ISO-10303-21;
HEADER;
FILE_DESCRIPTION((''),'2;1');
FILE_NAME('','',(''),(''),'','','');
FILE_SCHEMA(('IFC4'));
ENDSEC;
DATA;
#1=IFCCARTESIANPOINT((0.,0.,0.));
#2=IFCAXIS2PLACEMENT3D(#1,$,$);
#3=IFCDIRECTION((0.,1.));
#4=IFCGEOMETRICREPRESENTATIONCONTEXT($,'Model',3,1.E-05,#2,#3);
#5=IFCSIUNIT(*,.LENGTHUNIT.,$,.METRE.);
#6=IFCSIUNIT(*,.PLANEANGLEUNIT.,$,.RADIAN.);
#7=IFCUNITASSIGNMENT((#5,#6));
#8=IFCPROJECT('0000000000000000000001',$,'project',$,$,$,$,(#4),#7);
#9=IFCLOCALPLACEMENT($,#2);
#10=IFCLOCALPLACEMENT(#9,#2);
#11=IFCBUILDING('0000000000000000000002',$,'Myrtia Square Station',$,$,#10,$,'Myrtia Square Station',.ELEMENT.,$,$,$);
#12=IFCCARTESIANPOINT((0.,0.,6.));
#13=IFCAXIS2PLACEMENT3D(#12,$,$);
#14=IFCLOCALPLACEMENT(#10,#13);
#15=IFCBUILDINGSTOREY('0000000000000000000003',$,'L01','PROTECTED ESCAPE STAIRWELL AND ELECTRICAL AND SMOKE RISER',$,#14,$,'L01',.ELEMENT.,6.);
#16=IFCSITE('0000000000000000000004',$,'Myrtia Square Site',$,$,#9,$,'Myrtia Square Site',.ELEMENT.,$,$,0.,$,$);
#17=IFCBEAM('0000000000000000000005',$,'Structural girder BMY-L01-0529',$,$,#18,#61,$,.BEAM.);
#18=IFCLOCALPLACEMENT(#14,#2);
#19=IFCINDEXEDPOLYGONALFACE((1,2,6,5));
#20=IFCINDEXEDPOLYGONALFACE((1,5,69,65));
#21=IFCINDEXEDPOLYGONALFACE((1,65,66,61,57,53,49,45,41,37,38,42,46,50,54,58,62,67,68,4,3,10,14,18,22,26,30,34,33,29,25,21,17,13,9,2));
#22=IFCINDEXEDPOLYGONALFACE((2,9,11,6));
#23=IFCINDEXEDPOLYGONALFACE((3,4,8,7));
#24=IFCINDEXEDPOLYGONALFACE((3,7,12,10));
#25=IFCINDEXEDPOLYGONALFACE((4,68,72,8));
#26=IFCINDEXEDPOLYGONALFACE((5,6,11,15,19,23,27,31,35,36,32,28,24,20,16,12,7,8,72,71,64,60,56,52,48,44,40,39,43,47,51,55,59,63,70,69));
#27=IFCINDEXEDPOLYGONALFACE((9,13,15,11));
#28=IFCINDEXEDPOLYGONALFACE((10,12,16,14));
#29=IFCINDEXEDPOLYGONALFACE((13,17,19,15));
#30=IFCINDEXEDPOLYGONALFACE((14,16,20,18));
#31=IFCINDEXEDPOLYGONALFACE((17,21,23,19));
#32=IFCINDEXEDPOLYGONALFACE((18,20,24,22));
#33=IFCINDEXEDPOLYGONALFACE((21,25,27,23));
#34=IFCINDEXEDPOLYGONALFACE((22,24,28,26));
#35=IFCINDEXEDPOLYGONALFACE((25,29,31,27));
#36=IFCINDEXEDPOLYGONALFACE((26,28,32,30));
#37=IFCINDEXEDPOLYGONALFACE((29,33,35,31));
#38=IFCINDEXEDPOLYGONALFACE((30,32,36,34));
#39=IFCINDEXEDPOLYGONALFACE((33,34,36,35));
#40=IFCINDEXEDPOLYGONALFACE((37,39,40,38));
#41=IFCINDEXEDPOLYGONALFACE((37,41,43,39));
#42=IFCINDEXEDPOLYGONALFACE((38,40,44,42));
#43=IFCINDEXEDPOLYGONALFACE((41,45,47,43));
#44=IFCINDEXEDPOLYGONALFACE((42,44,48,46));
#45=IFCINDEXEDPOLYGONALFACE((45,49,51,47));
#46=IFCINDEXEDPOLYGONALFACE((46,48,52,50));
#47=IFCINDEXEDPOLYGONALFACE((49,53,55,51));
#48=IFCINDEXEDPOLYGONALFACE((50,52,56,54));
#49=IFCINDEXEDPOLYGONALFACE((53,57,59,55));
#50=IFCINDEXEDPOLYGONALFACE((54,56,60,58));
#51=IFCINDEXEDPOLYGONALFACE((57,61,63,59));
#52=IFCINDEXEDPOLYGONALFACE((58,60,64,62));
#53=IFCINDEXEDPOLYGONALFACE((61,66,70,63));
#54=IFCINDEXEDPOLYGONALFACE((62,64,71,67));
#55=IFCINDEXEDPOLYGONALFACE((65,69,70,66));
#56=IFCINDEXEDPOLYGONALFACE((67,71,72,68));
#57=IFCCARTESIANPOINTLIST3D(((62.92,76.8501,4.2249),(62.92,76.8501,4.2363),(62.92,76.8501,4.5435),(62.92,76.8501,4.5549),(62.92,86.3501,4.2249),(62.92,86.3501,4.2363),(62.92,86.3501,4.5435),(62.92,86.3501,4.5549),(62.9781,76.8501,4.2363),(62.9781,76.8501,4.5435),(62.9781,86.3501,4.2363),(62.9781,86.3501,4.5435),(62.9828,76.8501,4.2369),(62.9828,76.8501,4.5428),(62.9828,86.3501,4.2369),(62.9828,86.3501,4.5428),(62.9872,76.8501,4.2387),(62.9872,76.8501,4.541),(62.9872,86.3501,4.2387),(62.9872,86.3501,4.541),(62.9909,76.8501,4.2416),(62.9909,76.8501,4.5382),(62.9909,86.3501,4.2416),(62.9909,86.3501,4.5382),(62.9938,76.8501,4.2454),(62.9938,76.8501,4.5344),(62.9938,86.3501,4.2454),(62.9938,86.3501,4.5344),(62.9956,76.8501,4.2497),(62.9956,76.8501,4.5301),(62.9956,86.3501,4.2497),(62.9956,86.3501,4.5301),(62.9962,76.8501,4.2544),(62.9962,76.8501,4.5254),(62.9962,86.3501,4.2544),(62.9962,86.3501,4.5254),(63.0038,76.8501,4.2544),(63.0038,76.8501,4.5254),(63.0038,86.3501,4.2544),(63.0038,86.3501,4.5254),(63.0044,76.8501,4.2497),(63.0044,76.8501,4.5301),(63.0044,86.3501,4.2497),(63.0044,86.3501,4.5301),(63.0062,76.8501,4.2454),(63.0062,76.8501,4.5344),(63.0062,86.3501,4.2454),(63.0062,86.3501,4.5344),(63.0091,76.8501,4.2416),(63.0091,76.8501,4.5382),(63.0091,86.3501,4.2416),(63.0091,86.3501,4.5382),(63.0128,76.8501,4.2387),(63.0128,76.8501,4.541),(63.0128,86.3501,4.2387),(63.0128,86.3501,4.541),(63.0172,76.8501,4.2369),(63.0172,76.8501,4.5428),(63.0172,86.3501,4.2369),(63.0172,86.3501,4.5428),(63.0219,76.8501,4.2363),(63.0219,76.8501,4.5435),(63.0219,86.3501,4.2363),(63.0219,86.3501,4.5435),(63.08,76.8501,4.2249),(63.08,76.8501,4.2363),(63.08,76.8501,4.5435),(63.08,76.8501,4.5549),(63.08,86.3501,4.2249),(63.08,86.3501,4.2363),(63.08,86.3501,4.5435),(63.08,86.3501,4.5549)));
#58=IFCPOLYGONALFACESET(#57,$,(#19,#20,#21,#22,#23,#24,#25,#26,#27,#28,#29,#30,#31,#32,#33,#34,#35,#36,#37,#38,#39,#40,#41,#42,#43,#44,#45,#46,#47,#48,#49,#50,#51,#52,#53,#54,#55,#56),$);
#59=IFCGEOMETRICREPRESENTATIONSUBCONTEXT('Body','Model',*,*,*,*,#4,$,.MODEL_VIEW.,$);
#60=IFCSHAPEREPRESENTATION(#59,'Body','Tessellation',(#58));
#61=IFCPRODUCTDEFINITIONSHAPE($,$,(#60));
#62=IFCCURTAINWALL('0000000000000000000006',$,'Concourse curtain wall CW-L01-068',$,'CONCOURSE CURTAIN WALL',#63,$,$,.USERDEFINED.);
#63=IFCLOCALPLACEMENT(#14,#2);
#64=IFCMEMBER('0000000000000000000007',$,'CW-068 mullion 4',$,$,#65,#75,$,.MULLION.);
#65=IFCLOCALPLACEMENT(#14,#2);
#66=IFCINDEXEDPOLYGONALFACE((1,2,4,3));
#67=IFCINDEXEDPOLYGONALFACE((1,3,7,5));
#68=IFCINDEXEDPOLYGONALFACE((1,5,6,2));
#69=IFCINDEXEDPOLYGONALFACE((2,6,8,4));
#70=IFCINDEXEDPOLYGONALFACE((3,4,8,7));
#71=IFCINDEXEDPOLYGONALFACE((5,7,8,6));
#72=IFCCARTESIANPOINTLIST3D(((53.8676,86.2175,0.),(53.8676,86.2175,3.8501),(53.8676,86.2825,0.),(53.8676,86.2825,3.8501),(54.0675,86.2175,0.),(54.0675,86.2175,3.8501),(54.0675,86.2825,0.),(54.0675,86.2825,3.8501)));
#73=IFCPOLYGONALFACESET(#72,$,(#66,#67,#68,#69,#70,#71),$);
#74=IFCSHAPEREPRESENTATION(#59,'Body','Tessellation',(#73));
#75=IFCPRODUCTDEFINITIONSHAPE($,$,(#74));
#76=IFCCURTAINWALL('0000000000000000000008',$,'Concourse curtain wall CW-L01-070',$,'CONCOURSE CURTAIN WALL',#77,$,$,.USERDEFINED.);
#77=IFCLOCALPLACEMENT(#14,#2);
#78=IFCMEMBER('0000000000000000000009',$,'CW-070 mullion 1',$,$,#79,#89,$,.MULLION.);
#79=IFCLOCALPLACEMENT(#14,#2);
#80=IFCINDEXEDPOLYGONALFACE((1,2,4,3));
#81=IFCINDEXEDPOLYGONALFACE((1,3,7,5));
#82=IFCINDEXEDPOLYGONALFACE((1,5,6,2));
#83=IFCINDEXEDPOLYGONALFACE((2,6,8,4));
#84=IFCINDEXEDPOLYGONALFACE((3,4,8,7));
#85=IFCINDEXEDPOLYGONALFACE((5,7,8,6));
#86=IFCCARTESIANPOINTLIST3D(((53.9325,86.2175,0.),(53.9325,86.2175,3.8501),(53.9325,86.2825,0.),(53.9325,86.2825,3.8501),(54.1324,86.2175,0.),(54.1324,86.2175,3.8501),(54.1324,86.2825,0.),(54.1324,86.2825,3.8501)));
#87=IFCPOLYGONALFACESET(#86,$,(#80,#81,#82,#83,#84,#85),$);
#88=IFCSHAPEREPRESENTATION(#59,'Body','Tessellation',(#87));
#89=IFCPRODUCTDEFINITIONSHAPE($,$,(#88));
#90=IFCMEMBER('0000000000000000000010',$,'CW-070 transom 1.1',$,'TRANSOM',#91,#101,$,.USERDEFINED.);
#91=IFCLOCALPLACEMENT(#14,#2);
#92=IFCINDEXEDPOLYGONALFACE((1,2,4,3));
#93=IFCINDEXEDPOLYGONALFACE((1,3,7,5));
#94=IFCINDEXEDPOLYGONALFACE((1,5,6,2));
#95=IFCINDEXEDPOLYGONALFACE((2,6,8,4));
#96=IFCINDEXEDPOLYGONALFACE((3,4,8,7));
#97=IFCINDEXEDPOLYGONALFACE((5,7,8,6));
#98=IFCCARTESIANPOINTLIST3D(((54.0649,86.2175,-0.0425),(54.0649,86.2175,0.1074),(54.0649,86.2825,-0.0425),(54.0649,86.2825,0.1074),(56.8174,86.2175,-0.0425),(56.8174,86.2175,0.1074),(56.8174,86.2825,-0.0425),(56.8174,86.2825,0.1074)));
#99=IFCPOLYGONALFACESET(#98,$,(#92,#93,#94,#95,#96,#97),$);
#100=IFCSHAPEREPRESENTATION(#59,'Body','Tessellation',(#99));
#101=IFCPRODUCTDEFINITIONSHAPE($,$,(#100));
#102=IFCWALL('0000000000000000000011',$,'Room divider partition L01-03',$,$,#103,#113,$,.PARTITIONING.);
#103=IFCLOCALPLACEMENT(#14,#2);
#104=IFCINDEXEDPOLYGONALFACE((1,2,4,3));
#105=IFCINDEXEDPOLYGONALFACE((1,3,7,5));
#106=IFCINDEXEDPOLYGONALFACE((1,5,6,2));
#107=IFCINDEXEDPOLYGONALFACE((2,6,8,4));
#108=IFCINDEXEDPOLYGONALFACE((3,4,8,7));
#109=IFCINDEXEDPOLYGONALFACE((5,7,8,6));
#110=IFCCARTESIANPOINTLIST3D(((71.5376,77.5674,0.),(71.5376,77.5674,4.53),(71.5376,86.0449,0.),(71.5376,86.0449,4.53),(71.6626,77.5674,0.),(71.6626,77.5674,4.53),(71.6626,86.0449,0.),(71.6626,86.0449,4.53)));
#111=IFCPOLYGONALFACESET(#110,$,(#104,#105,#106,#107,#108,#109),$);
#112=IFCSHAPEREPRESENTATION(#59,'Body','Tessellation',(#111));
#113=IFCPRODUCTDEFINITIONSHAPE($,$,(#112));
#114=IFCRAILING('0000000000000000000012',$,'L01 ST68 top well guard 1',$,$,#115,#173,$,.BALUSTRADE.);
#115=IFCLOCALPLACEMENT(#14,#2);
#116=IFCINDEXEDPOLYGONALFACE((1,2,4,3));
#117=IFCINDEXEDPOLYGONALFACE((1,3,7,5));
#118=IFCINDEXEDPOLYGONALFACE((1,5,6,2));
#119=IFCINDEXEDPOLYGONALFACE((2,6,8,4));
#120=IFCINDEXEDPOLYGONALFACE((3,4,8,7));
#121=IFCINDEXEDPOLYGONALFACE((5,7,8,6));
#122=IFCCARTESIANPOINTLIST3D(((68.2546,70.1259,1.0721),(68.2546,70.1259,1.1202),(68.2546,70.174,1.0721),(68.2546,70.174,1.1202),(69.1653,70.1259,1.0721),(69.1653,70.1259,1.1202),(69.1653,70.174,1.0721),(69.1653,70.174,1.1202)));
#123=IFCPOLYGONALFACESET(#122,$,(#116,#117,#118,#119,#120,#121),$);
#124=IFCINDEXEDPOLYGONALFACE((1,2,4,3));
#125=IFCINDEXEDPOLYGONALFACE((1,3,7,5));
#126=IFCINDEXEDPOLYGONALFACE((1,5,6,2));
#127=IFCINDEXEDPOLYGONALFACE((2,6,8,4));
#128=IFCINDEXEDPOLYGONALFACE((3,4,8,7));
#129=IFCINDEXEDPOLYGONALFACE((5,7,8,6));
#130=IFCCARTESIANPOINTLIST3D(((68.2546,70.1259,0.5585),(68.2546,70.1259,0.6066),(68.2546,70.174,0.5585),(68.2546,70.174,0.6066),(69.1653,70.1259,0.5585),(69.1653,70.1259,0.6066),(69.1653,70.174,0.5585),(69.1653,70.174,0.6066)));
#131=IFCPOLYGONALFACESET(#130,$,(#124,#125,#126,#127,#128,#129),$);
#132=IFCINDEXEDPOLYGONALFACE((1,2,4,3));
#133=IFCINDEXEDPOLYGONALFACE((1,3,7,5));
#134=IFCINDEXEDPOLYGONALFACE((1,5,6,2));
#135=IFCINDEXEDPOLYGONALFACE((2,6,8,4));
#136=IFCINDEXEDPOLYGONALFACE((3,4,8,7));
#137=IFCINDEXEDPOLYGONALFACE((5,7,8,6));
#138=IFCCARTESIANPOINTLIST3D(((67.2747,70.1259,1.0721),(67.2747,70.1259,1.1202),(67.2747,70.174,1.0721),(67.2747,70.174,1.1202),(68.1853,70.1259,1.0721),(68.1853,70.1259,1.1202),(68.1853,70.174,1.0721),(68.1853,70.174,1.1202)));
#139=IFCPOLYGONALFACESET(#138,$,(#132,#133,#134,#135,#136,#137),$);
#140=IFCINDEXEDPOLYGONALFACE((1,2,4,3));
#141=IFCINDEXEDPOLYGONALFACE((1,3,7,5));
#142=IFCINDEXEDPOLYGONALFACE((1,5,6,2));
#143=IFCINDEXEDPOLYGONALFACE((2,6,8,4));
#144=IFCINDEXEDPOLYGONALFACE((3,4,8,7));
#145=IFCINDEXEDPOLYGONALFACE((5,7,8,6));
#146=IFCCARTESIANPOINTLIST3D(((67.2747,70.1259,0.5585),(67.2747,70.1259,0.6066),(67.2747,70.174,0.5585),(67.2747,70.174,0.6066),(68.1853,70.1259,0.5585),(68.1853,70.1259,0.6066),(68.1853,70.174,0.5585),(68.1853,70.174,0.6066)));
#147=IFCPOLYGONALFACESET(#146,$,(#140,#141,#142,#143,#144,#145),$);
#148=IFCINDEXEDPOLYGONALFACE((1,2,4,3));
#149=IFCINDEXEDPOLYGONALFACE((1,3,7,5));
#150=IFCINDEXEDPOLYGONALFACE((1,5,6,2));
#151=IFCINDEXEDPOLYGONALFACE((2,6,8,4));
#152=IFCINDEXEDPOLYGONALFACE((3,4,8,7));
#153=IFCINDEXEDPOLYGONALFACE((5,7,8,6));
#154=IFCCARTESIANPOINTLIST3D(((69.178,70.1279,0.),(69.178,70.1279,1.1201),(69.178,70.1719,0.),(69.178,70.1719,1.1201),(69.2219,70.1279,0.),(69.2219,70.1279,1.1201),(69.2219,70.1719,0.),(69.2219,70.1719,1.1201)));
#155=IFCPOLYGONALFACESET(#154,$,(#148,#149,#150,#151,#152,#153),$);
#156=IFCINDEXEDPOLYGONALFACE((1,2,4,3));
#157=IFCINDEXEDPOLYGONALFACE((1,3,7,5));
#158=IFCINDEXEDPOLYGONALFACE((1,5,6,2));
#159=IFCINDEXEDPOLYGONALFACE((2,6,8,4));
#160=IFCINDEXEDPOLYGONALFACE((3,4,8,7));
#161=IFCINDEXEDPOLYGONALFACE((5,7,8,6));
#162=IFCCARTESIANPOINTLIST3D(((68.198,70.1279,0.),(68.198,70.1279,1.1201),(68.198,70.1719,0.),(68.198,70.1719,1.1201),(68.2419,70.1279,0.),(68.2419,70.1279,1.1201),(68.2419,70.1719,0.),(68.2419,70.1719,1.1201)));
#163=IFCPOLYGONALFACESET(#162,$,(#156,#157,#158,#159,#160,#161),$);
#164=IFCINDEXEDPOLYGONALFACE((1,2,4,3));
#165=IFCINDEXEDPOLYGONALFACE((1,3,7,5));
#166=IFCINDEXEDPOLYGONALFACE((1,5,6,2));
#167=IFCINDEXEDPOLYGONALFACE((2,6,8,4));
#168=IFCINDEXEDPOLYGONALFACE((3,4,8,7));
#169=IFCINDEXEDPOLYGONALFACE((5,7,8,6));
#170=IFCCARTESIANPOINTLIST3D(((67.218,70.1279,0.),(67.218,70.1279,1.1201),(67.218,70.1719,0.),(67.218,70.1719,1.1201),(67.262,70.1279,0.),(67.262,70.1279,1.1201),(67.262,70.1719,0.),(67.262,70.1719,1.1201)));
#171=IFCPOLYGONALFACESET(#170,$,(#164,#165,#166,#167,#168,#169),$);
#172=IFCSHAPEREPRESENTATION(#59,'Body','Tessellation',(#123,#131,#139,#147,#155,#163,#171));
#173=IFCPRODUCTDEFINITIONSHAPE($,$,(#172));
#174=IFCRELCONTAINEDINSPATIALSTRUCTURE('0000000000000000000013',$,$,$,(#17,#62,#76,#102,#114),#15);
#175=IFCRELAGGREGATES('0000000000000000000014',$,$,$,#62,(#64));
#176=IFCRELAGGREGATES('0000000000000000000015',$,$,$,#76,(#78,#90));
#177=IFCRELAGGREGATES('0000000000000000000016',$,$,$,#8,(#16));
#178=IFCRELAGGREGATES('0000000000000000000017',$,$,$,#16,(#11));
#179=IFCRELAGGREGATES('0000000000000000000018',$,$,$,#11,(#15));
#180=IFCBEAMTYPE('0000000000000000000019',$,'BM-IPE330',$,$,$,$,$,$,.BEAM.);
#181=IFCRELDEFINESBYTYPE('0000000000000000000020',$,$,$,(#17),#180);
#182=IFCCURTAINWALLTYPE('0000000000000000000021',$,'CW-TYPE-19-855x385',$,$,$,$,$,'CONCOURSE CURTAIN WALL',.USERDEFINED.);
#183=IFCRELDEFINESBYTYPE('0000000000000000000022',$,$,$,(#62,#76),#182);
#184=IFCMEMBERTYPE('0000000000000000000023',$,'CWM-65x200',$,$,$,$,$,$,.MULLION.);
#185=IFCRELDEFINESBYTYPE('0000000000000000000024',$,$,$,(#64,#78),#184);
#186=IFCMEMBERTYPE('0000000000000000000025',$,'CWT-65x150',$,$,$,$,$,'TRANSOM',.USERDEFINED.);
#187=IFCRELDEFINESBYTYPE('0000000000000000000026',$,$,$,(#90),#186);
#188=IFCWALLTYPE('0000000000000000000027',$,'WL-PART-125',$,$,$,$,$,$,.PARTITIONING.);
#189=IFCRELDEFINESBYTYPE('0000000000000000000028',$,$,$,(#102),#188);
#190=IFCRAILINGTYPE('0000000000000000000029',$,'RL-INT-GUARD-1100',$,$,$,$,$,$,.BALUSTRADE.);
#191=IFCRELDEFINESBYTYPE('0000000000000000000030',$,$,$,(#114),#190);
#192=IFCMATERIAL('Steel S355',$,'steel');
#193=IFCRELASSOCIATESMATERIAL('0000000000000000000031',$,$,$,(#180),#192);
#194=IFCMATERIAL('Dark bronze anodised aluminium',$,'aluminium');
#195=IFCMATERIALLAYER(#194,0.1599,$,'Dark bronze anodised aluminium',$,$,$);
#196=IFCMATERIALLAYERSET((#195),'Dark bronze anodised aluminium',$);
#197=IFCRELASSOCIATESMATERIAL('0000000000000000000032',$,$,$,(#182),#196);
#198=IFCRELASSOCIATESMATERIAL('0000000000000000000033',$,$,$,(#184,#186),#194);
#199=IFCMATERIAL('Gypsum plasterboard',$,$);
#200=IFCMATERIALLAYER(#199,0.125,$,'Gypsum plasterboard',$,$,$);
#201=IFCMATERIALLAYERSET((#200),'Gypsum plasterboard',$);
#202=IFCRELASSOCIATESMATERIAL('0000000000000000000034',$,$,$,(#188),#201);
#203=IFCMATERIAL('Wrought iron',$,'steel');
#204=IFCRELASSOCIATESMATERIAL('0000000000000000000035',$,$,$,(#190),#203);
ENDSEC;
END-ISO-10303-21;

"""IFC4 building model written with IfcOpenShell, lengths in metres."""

from ifc_helpers import new_model, si_unit, direction, frame, frame_2d, origin, origin_2d, place, context, subcontext, project, spatial, rectangle, i_section, extrude, material, layer, layer_set, material_profile, profile_set, type_object, element, aggregate, save


model = new_model("IFC4")

# Units and contexts
model_context = context("Model", 3, precision=1e-05, world=origin(), true_north=direction((0.0, 1.0)))
body_context = subcontext(model_context, "Body", "Model", "MODEL_VIEW")
ifc_project = project(units=[si_unit("LENGTHUNIT", "METRE"), si_unit("PLANEANGLEUNIT", "RADIAN")], contexts=[model_context])

# Site, building, storey
site_placement = place(None, origin())
site = spatial("IfcSite", under=ifc_project, at=site_placement, Name="Myrtia Square Site", LongName="Myrtia Square Site", CompositionType="ELEMENT", RefElevation=0.0)
building_placement = place(site_placement, origin())
building = spatial("IfcBuilding", under=site, at=building_placement, Name="Myrtia Square Station", LongName="Myrtia Square Station", CompositionType="ELEMENT")
storey_placement = place(building_placement, frame((0.0, 0.0, 6.0)))
storey = spatial("IfcBuildingStorey", under=building, at=storey_placement, Name="L01", Description="PROTECTED ESCAPE STAIRWELL AND ELECTRICAL AND SMOKE RISER", LongName="L01", CompositionType="ELEMENT", Elevation=6.0)

# Shared definitions
ifc_material_1 = material(Name="Steel S355", Category="steel")

# Beam
ifc_material_profile_1 = material_profile(ifc_material_1, i_section(OverallWidth=0.1599, OverallDepth=0.3301, WebThickness=0.0076, FlangeThickness=0.0115, FilletRadius=0.0181, at=origin_2d()), Name="IPE 330")
ifc_profile_set_1 = profile_set([ifc_material_profile_1], Name="Steel S355")
beam_type_1 = type_object("IfcBeamType", Name="BM-IPE330", PredefinedType="BEAM", material=ifc_profile_set_1)
beam_1_placement = place(storey_placement, frame((63.0, 76.8501, 4.3899), z_axis=(0.0, 1.0, 0.0), x_axis=(-1.0, 0.0, 0.0)))
element("IfcBeam", 1, at=beam_1_placement, inside=storey, type_object=beam_type_1, Name="Structural girder BMY-L01-0529", PredefinedType="BEAM", context=body_context, shape_type="SweptSolid", body=[
    extrude(i_section(OverallWidth=0.1599, OverallDepth=0.3301, WebThickness=0.0076, FlangeThickness=0.0115, FilletRadius=0.0181, at=origin_2d()), origin(), (0.0, 0.0, 1.0), 9.5),
])

# Curtain wall, member
ifc_material_2 = material(Name="Dark bronze anodised aluminium", Category="aluminium")
ifc_layer_1 = layer(ifc_material_2, 0.1599, Name="Dark bronze anodised aluminium")
ifc_layer_set_1 = layer_set([ifc_layer_1], Name="Dark bronze anodised aluminium")
curtain_wall_type = type_object("IfcCurtainWallType", Name="CW-TYPE-19-855x385", ElementType="CONCOURSE CURTAIN WALL", PredefinedType="USERDEFINED", material=ifc_layer_set_1)
curtain_wall_1_placement = place(storey_placement, origin())
curtain_wall_1 = element("IfcCurtainWall", 2, at=curtain_wall_1_placement, inside=storey, type_object=curtain_wall_type, Name="Concourse curtain wall CW-L01-068", ObjectType="CONCOURSE CURTAIN WALL", PredefinedType="USERDEFINED")
ifc_material_profile_2 = material_profile(ifc_material_2, rectangle(XDim=0.0649, YDim=0.2, at=origin_2d()), Name="ALU-M 65x200")
ifc_profile_set_2 = profile_set([ifc_material_profile_2], Name="Dark bronze anodised aluminium")
member_type_1 = type_object("IfcMemberType", Name="CWM-65x200", PredefinedType="MULLION", material=ifc_profile_set_2)
member_1_placement = place(storey_placement, frame((53.9675, 86.25, 0.0), z_axis=(0.0, 0.0, 1.0), x_axis=(0.0, 1.0, 0.0)))
member_1 = element("IfcMember", 3, at=member_1_placement, type_object=member_type_1, Name="CW-068 mullion 4", PredefinedType="MULLION", context=body_context, shape_type="SweptSolid", body=[
    extrude(rectangle(XDim=0.0649, YDim=0.2, at=origin_2d()), origin(), (0.0, 0.0, 1.0), 3.8501),
])
aggregate(curtain_wall_1, [member_1])

# Curtain wall, members
curtain_wall_2_placement = place(storey_placement, origin())
curtain_wall_2 = element("IfcCurtainWall", 4, at=curtain_wall_2_placement, inside=storey, type_object=curtain_wall_type, Name="Concourse curtain wall CW-L01-070", ObjectType="CONCOURSE CURTAIN WALL", PredefinedType="USERDEFINED")
member_2_placement = place(storey_placement, frame((54.0325, 86.25, 0.0), z_axis=(0.0, 0.0, 1.0), x_axis=(0.0, 1.0, 0.0)))
member_2 = element("IfcMember", 5, at=member_2_placement, type_object=member_type_1, Name="CW-070 mullion 1", PredefinedType="MULLION", context=body_context, shape_type="SweptSolid", body=[
    extrude(rectangle(XDim=0.0649, YDim=0.2, at=origin_2d()), origin(), (0.0, 0.0, 1.0), 3.8501),
])
ifc_material_profile_3 = material_profile(ifc_material_2, rectangle(XDim=0.0649, YDim=0.1499, at=origin_2d()), Name="ALU-T 65x150")
ifc_profile_set_3 = profile_set([ifc_material_profile_3], Name="Dark bronze anodised aluminium")
member_type_2 = type_object("IfcMemberType", Name="CWT-65x150", ElementType="TRANSOM", PredefinedType="USERDEFINED", material=ifc_profile_set_3)
member_3_placement = place(storey_placement, frame((54.0649, 86.25, 0.0325), z_axis=(1.0, 0.0, 0.0), x_axis=(0.0, 1.0, 0.0)))
member_3 = element("IfcMember", 6, at=member_3_placement, type_object=member_type_2, Name="CW-070 transom 1.1", ObjectType="TRANSOM", PredefinedType="USERDEFINED", context=body_context, shape_type="SweptSolid", body=[
    extrude(rectangle(XDim=0.0649, YDim=0.1499, at=origin_2d()), origin(), (0.0, 0.0, 1.0), 2.7524),
])
aggregate(curtain_wall_2, [member_2, member_3])

# Wall
ifc_material_3 = material(Name="Gypsum plasterboard")
ifc_layer_2 = layer(ifc_material_3, 0.125, Name="Gypsum plasterboard")
ifc_layer_set_2 = layer_set([ifc_layer_2], Name="Gypsum plasterboard")
wall_type = type_object("IfcWallType", Name="WL-PART-125", PredefinedType="PARTITIONING", material=ifc_layer_set_2)
wall_placement = place(storey_placement, frame((71.6001, 77.5674, 0.0), z_axis=(0.0, 0.0, 1.0), x_axis=(0.0, 1.0, 0.0)))
element("IfcWall", 7, at=wall_placement, inside=storey, type_object=wall_type, Name="Room divider partition L01-03", PredefinedType="PARTITIONING", context=body_context, shape_type="SweptSolid", body=[
    extrude(rectangle(XDim=8.4775, YDim=0.125, at=frame_2d((4.2388, 0.0))), origin(), (0.0, 0.0, 1.0), 4.53),
])

# Railing
ifc_material_4 = material(Name="Wrought iron", Category="steel")
railing_type = type_object("IfcRailingType", Name="RL-INT-GUARD-1100", PredefinedType="BALUSTRADE", material=ifc_material_4)
railing_1_placement = place(storey_placement, frame((69.2, 70.1499, 0.0)))
element("IfcRailing", 8, at=railing_1_placement, inside=storey, type_object=railing_type, Name="L01 ST68 top well guard 1", PredefinedType="BALUSTRADE", context=body_context, shape_type="SweptSolid", body=[
    extrude(rectangle(XDim=0.0481, YDim=0.0481, at=origin_2d()), frame((-0.0347, 0.0, 1.0962), z_axis=(-1.0, 0.0, 0.0), x_axis=(0.0, -1.0, 0.0)), (0.0, 0.0, 1.0), 0.9106),
    extrude(rectangle(XDim=0.0481, YDim=0.0481, at=origin_2d()), frame((-0.0347, 0.0, 0.5825), z_axis=(-1.0, 0.0, 0.0), x_axis=(0.0, -1.0, 0.0)), (0.0, 0.0, 1.0), 0.9106),
    extrude(rectangle(XDim=0.0481, YDim=0.0481, at=origin_2d()), frame((-1.0146, 0.0, 1.0962), z_axis=(-1.0, 0.0, 0.0), x_axis=(0.0, -1.0, 0.0)), (0.0, 0.0, 1.0), 0.9106),
    extrude(rectangle(XDim=0.0481, YDim=0.0481, at=origin_2d()), frame((-1.0146, 0.0, 0.5825), z_axis=(-1.0, 0.0, 0.0), x_axis=(0.0, -1.0, 0.0)), (0.0, 0.0, 1.0), 0.9106),
    extrude(rectangle(XDim=0.0439, YDim=0.0439, at=origin_2d()), origin(), (0.0, 0.0, 1.0), 1.1201),
    extrude(rectangle(XDim=0.0439, YDim=0.0439, at=origin_2d()), frame((-0.98, 0.0, 0.0)), (0.0, 0.0, 1.0), 1.1201),
    extrude(rectangle(XDim=0.0439, YDim=0.0439, at=origin_2d()), frame((-1.96, 0.0, 0.0)), (0.0, 0.0, 1.0), 1.1201),
])

save(model, "model.ifc")
